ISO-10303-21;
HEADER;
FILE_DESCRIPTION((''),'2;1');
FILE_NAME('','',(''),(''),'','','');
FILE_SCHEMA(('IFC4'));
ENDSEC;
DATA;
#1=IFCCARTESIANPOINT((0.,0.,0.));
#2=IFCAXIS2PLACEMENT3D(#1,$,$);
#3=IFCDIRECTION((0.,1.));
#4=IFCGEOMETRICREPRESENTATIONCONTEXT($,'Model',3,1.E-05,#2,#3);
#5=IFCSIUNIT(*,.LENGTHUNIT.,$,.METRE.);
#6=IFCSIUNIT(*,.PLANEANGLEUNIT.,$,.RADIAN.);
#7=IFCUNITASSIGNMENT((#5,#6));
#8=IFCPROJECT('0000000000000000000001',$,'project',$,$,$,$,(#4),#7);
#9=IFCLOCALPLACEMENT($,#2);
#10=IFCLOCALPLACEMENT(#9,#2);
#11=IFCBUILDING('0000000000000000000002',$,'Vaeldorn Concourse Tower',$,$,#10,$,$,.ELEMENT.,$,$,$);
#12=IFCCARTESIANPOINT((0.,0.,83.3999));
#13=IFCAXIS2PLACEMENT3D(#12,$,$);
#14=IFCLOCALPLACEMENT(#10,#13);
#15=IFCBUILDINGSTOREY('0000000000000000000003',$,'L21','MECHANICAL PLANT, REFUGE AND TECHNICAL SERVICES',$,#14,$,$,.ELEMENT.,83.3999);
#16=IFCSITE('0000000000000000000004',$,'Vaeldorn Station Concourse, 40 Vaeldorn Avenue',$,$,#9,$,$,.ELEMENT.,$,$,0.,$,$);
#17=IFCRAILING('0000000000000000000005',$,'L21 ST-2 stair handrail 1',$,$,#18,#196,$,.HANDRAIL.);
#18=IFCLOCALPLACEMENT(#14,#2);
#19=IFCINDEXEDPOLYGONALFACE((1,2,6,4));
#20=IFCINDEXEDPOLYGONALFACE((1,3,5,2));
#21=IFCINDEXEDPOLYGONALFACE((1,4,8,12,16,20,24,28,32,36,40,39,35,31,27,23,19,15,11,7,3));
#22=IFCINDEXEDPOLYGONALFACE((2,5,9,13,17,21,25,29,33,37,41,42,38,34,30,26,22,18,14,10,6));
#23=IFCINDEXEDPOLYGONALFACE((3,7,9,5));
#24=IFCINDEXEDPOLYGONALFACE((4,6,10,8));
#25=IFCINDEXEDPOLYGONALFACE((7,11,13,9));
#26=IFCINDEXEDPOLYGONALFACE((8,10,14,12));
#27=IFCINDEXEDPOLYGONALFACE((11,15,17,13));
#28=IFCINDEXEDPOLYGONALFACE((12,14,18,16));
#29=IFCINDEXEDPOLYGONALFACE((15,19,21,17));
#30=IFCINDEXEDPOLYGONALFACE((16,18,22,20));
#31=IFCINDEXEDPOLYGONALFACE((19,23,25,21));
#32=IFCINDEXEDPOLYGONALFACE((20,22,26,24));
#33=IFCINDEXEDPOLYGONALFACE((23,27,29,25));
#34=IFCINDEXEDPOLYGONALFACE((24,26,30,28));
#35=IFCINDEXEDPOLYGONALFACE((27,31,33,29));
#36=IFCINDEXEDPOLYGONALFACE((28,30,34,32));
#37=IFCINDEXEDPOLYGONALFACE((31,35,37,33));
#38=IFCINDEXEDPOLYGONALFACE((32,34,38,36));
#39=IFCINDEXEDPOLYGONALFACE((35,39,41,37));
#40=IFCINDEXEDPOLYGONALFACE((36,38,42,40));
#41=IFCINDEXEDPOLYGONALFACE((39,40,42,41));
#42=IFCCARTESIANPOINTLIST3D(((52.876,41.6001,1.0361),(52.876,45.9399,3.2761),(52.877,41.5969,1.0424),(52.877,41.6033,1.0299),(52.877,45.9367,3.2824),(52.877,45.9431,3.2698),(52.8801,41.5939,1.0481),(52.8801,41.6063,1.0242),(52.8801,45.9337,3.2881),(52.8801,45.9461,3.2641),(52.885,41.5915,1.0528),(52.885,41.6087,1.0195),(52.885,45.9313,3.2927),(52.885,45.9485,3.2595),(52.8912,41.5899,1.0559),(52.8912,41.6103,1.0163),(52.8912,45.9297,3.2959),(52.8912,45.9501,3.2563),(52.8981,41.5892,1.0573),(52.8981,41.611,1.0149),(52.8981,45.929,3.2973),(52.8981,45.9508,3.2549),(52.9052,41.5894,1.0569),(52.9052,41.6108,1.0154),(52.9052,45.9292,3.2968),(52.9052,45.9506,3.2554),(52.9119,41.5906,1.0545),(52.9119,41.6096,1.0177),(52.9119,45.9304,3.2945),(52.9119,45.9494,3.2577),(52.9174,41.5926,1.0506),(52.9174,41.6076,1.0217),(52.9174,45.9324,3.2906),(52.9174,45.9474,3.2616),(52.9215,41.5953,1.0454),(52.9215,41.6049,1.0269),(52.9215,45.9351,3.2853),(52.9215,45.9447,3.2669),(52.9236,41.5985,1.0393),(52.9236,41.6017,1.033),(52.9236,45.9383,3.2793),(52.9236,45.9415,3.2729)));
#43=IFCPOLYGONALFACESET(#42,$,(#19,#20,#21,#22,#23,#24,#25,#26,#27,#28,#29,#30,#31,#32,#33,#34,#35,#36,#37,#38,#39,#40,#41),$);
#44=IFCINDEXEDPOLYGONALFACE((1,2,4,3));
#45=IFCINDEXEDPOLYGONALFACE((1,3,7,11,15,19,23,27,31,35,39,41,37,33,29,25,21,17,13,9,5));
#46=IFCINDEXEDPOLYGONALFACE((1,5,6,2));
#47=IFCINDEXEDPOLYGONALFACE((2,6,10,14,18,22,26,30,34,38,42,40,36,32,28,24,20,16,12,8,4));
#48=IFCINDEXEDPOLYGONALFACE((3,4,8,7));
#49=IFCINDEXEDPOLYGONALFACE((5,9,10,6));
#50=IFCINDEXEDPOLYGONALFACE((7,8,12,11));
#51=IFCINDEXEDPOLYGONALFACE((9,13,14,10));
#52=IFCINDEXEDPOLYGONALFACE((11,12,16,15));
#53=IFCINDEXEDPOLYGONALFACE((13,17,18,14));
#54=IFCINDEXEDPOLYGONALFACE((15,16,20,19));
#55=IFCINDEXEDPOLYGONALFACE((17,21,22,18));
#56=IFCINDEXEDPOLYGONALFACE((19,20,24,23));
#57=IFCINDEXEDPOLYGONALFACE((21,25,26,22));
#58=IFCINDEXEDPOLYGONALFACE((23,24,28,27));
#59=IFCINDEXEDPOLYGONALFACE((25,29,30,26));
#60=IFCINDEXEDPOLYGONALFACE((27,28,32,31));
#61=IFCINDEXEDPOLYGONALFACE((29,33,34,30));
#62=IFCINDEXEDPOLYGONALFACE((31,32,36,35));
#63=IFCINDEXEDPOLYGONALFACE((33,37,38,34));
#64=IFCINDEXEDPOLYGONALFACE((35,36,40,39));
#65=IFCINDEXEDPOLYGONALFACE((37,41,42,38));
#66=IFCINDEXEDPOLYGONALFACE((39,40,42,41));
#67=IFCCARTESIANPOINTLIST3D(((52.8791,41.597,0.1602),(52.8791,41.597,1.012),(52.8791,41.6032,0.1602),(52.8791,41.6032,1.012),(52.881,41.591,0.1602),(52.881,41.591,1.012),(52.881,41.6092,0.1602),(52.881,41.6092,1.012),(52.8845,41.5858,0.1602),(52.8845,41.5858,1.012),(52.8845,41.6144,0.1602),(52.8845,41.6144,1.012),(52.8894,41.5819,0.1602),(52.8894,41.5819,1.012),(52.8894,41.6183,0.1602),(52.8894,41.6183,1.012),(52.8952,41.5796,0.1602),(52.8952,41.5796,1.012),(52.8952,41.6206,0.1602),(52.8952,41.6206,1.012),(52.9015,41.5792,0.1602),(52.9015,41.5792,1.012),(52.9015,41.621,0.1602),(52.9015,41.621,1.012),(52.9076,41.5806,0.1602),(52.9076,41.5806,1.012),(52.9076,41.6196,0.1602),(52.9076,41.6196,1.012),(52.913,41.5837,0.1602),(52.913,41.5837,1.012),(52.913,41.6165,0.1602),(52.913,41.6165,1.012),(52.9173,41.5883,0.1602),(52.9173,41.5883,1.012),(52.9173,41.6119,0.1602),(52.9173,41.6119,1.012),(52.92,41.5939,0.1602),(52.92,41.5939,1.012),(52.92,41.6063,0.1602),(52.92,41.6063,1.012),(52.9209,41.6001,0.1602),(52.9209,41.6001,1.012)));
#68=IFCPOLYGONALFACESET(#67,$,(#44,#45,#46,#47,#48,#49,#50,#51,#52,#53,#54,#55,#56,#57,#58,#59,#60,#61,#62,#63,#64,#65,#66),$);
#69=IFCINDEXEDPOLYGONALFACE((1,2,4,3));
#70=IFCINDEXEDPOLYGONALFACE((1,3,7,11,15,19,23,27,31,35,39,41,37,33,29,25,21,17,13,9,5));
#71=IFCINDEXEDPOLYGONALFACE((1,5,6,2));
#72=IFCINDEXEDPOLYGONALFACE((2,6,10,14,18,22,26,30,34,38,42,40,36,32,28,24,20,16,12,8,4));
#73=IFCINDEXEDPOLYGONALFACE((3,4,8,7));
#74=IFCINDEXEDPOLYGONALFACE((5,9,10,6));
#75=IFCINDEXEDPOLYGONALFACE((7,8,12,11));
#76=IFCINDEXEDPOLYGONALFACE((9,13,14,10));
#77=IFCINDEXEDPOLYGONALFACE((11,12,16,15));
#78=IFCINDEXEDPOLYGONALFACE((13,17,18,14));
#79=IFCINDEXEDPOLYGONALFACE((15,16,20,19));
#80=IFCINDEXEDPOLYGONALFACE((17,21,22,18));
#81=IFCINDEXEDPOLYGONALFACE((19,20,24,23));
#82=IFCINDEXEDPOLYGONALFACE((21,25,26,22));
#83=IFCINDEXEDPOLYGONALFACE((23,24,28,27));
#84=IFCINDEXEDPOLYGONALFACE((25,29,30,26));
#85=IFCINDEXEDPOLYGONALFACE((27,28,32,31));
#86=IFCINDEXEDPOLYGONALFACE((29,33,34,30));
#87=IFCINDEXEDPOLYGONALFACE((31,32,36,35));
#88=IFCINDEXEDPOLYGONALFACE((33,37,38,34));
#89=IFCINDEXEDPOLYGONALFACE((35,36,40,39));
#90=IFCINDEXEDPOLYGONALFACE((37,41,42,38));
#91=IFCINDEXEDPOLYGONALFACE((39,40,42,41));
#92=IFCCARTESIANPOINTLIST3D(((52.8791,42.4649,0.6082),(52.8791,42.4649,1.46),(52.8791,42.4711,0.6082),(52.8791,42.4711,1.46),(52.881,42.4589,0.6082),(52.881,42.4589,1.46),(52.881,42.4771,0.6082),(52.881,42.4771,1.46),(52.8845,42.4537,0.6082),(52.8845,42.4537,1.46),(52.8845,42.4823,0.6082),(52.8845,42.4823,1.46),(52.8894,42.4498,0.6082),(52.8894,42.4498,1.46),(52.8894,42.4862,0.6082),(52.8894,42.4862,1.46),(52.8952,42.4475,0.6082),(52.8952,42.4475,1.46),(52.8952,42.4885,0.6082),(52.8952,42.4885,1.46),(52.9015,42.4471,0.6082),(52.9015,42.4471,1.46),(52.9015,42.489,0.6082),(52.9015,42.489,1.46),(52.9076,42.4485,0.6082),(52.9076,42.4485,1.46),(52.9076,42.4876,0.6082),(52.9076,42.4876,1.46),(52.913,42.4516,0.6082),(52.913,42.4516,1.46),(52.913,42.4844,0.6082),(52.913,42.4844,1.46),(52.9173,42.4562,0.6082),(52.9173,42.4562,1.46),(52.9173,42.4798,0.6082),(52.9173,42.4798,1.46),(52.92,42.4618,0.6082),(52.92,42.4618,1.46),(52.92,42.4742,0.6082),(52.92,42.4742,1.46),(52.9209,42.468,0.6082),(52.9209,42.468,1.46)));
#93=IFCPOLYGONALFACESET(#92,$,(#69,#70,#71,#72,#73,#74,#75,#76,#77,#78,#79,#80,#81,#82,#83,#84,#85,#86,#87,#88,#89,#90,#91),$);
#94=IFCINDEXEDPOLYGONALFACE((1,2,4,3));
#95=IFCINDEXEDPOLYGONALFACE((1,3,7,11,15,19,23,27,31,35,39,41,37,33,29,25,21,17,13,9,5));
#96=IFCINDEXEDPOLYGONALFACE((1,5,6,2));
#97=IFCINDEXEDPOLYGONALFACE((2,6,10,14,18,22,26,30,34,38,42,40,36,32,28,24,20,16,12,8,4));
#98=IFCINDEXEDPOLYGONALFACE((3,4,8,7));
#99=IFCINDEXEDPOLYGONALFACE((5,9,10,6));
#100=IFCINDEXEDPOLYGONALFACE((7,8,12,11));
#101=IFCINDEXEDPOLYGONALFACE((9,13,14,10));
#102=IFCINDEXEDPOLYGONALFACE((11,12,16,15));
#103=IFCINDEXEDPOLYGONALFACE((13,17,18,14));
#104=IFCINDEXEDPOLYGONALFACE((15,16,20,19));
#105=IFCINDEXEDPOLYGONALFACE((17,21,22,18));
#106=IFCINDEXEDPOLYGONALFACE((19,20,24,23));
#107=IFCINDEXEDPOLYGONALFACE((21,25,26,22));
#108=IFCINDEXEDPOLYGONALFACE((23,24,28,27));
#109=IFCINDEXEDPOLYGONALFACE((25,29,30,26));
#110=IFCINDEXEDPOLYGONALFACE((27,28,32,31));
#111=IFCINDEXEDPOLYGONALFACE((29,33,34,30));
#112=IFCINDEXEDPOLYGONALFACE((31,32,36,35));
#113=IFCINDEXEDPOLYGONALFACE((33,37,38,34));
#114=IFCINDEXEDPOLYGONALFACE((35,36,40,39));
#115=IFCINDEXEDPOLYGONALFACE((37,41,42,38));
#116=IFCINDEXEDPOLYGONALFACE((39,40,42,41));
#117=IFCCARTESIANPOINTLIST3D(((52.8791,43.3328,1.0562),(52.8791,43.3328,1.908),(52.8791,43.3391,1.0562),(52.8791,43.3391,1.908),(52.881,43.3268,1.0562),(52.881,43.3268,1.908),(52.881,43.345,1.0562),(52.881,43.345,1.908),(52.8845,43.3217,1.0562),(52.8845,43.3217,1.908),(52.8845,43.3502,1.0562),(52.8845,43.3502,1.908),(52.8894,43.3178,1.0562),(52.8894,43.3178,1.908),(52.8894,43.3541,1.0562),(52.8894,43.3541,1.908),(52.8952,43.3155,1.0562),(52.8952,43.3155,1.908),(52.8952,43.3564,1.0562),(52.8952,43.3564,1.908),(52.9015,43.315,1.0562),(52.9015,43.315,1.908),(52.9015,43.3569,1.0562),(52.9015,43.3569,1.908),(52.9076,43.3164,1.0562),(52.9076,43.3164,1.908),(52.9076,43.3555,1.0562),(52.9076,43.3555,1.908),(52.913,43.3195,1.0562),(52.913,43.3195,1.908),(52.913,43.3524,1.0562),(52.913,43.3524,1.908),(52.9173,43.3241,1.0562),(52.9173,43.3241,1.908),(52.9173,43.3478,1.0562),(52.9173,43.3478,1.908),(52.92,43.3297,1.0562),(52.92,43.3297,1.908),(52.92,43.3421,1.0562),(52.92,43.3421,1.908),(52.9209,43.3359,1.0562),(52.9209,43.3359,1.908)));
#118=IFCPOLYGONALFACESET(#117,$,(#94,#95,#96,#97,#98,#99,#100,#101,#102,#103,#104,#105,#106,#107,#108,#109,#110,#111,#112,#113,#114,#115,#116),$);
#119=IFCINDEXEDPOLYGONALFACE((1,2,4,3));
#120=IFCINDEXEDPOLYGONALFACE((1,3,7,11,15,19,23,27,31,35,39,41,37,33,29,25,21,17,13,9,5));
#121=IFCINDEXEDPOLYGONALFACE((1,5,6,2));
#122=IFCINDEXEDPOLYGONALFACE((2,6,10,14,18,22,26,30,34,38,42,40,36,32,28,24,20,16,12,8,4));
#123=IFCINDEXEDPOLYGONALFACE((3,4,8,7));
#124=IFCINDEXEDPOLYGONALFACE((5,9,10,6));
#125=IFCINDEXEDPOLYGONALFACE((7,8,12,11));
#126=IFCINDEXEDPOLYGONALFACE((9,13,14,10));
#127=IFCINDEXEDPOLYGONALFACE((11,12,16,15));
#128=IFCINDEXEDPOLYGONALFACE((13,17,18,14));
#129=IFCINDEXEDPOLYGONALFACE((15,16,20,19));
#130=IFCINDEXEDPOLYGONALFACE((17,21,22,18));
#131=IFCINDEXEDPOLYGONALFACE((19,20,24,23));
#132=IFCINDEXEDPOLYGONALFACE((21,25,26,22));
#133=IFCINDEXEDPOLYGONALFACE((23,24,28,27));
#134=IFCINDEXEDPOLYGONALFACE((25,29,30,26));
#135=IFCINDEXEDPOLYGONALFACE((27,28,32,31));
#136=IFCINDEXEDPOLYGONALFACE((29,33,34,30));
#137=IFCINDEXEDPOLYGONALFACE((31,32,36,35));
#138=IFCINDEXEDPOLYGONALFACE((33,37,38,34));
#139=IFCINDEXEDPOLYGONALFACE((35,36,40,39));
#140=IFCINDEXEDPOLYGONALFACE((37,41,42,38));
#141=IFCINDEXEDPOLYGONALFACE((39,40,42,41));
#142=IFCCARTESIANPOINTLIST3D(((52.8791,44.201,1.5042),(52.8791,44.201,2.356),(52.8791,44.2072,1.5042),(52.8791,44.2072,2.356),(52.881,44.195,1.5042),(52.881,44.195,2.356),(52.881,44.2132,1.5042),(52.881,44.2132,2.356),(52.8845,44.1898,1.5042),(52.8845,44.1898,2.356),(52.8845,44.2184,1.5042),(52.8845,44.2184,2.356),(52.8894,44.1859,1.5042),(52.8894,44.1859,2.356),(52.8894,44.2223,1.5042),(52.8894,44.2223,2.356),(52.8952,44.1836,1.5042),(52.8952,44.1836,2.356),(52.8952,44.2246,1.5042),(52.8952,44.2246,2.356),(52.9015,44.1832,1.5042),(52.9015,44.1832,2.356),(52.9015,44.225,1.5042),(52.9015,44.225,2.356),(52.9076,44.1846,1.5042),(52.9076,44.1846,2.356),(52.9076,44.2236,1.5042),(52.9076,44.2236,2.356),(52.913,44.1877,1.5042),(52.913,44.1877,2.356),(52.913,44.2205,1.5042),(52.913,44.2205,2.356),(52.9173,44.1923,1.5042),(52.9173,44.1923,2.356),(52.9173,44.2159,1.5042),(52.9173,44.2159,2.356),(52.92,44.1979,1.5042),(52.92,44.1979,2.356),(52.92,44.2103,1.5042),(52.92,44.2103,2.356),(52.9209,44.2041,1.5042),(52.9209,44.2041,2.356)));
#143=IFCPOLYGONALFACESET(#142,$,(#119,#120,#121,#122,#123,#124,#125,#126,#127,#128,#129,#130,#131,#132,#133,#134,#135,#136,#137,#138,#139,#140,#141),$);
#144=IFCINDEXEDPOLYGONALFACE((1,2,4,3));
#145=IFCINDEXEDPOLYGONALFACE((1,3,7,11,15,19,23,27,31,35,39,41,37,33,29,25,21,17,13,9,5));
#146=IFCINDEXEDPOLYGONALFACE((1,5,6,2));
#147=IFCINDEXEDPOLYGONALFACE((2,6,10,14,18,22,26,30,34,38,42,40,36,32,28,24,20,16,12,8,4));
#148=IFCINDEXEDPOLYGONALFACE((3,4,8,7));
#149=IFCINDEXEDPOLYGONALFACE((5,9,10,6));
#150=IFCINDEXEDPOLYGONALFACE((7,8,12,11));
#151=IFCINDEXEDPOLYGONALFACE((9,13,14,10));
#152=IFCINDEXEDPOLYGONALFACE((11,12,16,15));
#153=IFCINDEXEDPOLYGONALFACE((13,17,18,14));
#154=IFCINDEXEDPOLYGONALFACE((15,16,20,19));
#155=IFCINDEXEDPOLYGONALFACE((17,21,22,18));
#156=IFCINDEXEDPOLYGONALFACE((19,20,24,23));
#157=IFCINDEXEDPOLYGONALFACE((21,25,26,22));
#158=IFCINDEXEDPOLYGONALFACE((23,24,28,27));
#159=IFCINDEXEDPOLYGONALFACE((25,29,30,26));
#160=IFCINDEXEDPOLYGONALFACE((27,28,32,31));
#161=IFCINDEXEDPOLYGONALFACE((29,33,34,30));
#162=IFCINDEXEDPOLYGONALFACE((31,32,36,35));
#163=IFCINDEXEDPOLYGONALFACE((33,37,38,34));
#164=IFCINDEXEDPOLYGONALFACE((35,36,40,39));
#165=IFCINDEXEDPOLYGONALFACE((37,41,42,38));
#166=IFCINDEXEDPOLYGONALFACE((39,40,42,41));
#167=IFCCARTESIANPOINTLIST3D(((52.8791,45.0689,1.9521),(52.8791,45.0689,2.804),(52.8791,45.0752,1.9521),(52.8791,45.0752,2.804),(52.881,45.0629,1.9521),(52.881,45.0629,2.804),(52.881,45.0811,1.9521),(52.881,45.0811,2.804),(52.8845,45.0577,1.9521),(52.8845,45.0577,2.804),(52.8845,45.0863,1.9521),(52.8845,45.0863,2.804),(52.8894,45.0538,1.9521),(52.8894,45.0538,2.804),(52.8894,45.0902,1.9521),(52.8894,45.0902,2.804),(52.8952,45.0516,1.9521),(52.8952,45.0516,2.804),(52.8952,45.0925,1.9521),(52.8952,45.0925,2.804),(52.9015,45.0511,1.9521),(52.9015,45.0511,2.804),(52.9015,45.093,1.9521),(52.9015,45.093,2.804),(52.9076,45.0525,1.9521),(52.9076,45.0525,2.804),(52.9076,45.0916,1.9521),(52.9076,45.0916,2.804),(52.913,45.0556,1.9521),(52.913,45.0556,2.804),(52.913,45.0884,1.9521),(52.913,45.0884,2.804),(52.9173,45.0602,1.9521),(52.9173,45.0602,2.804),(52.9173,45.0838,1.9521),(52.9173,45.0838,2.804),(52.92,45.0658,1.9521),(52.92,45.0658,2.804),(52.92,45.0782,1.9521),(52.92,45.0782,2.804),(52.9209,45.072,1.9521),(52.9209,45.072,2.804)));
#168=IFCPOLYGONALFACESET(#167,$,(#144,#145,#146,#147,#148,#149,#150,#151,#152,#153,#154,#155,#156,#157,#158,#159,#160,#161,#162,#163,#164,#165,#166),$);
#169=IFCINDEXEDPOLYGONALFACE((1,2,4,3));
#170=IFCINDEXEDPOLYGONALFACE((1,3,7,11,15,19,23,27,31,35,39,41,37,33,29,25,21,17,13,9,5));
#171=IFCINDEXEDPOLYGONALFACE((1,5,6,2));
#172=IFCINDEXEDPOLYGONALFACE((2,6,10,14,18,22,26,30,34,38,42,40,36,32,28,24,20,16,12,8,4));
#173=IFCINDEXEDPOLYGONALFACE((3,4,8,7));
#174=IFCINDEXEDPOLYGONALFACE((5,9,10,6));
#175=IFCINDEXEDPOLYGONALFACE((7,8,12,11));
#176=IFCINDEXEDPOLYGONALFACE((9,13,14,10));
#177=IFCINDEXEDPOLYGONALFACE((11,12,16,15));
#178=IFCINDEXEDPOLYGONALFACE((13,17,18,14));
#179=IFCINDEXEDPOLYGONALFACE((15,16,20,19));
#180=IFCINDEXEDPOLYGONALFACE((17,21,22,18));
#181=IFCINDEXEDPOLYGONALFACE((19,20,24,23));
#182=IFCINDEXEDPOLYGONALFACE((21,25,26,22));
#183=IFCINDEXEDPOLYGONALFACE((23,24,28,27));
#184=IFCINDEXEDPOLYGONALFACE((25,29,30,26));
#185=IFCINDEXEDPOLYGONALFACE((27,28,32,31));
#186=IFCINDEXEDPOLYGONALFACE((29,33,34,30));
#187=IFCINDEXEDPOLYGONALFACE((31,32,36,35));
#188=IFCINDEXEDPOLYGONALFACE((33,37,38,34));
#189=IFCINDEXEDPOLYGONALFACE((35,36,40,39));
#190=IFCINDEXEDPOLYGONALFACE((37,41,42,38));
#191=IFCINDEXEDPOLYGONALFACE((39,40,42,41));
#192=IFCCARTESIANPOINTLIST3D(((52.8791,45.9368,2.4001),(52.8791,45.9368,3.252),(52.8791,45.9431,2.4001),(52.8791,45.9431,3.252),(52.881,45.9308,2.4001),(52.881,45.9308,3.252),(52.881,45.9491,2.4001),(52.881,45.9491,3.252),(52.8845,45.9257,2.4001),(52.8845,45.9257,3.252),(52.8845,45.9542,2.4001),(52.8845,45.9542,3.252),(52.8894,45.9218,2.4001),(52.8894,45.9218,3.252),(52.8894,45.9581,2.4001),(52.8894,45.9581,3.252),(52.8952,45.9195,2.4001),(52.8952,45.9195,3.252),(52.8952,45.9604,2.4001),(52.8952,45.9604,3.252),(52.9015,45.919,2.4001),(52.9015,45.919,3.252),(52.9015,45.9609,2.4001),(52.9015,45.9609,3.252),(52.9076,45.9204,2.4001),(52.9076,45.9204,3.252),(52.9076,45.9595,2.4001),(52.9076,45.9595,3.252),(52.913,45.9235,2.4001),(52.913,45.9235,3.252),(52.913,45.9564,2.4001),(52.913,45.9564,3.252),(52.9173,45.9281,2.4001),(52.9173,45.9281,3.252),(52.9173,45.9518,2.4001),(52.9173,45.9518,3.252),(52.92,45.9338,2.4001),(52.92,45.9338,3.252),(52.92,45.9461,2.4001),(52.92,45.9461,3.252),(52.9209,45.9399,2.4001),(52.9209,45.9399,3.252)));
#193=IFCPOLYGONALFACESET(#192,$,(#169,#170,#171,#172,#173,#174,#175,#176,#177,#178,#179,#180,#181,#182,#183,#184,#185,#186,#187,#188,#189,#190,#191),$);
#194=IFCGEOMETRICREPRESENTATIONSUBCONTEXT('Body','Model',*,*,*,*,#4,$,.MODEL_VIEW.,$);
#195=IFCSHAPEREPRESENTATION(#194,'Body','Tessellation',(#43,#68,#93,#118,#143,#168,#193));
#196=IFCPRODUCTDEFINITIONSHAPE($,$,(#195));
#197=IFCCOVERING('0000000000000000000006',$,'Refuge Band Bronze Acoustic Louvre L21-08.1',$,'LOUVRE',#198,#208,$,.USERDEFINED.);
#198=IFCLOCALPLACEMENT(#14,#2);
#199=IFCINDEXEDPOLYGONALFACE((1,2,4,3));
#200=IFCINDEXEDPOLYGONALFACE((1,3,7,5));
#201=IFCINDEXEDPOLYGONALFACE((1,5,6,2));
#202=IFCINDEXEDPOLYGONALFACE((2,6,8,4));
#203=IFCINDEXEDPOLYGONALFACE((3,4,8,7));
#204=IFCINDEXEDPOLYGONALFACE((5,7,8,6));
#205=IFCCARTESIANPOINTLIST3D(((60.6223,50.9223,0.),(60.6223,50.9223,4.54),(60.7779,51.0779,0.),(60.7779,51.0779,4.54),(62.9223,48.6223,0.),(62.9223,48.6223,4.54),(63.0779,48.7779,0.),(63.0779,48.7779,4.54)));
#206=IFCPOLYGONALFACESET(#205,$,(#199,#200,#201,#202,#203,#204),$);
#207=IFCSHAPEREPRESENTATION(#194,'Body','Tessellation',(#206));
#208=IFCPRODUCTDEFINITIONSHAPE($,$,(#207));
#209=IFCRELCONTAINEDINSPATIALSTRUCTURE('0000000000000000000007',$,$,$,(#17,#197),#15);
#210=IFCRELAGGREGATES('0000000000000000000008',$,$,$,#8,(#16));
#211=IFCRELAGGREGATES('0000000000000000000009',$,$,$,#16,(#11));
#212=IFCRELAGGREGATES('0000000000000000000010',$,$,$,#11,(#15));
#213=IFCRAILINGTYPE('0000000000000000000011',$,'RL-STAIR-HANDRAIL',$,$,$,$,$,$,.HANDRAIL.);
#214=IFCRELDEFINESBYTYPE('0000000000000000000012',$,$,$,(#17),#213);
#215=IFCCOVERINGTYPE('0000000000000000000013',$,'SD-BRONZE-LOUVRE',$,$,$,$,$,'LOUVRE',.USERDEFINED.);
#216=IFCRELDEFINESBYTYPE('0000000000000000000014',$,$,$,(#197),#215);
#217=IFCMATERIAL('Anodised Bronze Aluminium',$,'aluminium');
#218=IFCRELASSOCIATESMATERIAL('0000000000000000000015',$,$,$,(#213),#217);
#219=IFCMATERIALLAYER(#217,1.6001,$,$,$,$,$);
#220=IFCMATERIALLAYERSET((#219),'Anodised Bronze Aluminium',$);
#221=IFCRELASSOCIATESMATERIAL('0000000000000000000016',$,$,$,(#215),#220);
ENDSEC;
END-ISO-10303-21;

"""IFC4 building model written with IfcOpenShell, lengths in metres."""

from ifc_helpers import new_model, si_unit, direction, frame, origin, origin_2d, place, context, subcontext, project, spatial, rectangle, circle, extrude, source, transform, mapped, material, layer, layer_set, type_object, element, save


model = new_model("IFC4")

# Units and contexts
model_context = context("Model", 3, precision=1e-05, world=origin(), true_north=direction((0.0, 1.0)))
body_context = subcontext(model_context, "Body", "Model", "MODEL_VIEW")
ifc_project = project(units=[si_unit("LENGTHUNIT", "METRE"), si_unit("PLANEANGLEUNIT", "RADIAN")], contexts=[model_context])

# Site, building, storey
site_placement = place(None, origin())
site = spatial("IfcSite", under=ifc_project, at=site_placement, Name="Vaeldorn Station Concourse, 40 Vaeldorn Avenue", CompositionType="ELEMENT", RefElevation=0.0)
building_placement = place(site_placement, origin())
building = spatial("IfcBuilding", under=site, at=building_placement, Name="Vaeldorn Concourse Tower", CompositionType="ELEMENT")
storey_placement = place(building_placement, frame((0.0, 0.0, 83.3999)))
storey = spatial("IfcBuildingStorey", under=building, at=storey_placement, Name="L21", Description="MECHANICAL PLANT, REFUGE AND TECHNICAL SERVICES", CompositionType="ELEMENT", Elevation=83.3999)

# Railing
ifc_material_1 = material(Name="Anodised Bronze Aluminium", Category="aluminium")
railing_type_1 = type_object("IfcRailingType", Name="RL-STAIR-HANDRAIL", PredefinedType="HANDRAIL", material=ifc_material_1)
railing_1_placement = place(storey_placement, frame((52.8999, 41.6001, 0.1602)))
element("IfcRailing", 1, at=railing_1_placement, inside=storey, type_object=railing_type_1, Name="L21 ST-2 stair handrail 1", PredefinedType="HANDRAIL", context=body_context, shape_type="SweptSolid", body=[
    extrude(circle(Radius=0.0239, at=origin_2d()), frame((0.0, 0.0, 0.876), z_axis=(0.0, 0.888615, 0.458654), x_axis=(-1.0, 0.0, 0.0)), (0.0, 0.0, 1.0), 4.8838),
    extrude(circle(Radius=0.021, at=origin_2d()), origin(), (0.0, 0.0, 1.0), 0.8518),
    extrude(circle(Radius=0.021, at=origin_2d()), frame((0.0, 0.8679, 0.448)), (0.0, 0.0, 1.0), 0.8518),
    extrude(circle(Radius=0.021, at=origin_2d()), frame((0.0, 1.7358, 0.896)), (0.0, 0.0, 1.0), 0.8518),
    extrude(circle(Radius=0.021, at=origin_2d()), frame((0.0, 2.604, 1.344)), (0.0, 0.0, 1.0), 0.8518),
    extrude(circle(Radius=0.021, at=origin_2d()), frame((0.0, 3.4719, 1.792)), (0.0, 0.0, 1.0), 0.8518),
    extrude(circle(Radius=0.021, at=origin_2d()), frame((0.0, 4.3398, 2.24)), (0.0, 0.0, 1.0), 0.8518),
])

# Covering
ifc_layer_1 = layer(ifc_material_1, 1.6001)
ifc_layer_set_1 = layer_set([ifc_layer_1], Name="Anodised Bronze Aluminium")
covering_type = type_object("IfcCoveringType", Name="SD-BRONZE-LOUVRE", ElementType="LOUVRE", PredefinedType="USERDEFINED", material=ifc_layer_set_1)
shared_shape_1 = source(origin(), body_context, "Body", "SweptSolid", [
    extrude(rectangle(XDim=3.2527, YDim=0.22, at=origin_2d()), origin(), (0.0, 0.0, 1.0), 4.54),
])
covering_1_placement = place(storey_placement, frame((61.8501, 49.8501, 0.0), z_axis=(0.0, 0.0, 1.0), x_axis=(-0.707107, 0.707107, 0.0)))
element("IfcCovering", 2, at=covering_1_placement, inside=storey, type_object=covering_type, Name="Refuge Band Bronze Acoustic Louvre L21-08.1", ObjectType="LOUVRE", PredefinedType="USERDEFINED", context=body_context, shape_type="MappedRepresentation", body=[
    mapped(shared_shape_1, transform((0.0, 0.0, 0.0), scale=1.0)),
])

save(model, "model.ifc")
